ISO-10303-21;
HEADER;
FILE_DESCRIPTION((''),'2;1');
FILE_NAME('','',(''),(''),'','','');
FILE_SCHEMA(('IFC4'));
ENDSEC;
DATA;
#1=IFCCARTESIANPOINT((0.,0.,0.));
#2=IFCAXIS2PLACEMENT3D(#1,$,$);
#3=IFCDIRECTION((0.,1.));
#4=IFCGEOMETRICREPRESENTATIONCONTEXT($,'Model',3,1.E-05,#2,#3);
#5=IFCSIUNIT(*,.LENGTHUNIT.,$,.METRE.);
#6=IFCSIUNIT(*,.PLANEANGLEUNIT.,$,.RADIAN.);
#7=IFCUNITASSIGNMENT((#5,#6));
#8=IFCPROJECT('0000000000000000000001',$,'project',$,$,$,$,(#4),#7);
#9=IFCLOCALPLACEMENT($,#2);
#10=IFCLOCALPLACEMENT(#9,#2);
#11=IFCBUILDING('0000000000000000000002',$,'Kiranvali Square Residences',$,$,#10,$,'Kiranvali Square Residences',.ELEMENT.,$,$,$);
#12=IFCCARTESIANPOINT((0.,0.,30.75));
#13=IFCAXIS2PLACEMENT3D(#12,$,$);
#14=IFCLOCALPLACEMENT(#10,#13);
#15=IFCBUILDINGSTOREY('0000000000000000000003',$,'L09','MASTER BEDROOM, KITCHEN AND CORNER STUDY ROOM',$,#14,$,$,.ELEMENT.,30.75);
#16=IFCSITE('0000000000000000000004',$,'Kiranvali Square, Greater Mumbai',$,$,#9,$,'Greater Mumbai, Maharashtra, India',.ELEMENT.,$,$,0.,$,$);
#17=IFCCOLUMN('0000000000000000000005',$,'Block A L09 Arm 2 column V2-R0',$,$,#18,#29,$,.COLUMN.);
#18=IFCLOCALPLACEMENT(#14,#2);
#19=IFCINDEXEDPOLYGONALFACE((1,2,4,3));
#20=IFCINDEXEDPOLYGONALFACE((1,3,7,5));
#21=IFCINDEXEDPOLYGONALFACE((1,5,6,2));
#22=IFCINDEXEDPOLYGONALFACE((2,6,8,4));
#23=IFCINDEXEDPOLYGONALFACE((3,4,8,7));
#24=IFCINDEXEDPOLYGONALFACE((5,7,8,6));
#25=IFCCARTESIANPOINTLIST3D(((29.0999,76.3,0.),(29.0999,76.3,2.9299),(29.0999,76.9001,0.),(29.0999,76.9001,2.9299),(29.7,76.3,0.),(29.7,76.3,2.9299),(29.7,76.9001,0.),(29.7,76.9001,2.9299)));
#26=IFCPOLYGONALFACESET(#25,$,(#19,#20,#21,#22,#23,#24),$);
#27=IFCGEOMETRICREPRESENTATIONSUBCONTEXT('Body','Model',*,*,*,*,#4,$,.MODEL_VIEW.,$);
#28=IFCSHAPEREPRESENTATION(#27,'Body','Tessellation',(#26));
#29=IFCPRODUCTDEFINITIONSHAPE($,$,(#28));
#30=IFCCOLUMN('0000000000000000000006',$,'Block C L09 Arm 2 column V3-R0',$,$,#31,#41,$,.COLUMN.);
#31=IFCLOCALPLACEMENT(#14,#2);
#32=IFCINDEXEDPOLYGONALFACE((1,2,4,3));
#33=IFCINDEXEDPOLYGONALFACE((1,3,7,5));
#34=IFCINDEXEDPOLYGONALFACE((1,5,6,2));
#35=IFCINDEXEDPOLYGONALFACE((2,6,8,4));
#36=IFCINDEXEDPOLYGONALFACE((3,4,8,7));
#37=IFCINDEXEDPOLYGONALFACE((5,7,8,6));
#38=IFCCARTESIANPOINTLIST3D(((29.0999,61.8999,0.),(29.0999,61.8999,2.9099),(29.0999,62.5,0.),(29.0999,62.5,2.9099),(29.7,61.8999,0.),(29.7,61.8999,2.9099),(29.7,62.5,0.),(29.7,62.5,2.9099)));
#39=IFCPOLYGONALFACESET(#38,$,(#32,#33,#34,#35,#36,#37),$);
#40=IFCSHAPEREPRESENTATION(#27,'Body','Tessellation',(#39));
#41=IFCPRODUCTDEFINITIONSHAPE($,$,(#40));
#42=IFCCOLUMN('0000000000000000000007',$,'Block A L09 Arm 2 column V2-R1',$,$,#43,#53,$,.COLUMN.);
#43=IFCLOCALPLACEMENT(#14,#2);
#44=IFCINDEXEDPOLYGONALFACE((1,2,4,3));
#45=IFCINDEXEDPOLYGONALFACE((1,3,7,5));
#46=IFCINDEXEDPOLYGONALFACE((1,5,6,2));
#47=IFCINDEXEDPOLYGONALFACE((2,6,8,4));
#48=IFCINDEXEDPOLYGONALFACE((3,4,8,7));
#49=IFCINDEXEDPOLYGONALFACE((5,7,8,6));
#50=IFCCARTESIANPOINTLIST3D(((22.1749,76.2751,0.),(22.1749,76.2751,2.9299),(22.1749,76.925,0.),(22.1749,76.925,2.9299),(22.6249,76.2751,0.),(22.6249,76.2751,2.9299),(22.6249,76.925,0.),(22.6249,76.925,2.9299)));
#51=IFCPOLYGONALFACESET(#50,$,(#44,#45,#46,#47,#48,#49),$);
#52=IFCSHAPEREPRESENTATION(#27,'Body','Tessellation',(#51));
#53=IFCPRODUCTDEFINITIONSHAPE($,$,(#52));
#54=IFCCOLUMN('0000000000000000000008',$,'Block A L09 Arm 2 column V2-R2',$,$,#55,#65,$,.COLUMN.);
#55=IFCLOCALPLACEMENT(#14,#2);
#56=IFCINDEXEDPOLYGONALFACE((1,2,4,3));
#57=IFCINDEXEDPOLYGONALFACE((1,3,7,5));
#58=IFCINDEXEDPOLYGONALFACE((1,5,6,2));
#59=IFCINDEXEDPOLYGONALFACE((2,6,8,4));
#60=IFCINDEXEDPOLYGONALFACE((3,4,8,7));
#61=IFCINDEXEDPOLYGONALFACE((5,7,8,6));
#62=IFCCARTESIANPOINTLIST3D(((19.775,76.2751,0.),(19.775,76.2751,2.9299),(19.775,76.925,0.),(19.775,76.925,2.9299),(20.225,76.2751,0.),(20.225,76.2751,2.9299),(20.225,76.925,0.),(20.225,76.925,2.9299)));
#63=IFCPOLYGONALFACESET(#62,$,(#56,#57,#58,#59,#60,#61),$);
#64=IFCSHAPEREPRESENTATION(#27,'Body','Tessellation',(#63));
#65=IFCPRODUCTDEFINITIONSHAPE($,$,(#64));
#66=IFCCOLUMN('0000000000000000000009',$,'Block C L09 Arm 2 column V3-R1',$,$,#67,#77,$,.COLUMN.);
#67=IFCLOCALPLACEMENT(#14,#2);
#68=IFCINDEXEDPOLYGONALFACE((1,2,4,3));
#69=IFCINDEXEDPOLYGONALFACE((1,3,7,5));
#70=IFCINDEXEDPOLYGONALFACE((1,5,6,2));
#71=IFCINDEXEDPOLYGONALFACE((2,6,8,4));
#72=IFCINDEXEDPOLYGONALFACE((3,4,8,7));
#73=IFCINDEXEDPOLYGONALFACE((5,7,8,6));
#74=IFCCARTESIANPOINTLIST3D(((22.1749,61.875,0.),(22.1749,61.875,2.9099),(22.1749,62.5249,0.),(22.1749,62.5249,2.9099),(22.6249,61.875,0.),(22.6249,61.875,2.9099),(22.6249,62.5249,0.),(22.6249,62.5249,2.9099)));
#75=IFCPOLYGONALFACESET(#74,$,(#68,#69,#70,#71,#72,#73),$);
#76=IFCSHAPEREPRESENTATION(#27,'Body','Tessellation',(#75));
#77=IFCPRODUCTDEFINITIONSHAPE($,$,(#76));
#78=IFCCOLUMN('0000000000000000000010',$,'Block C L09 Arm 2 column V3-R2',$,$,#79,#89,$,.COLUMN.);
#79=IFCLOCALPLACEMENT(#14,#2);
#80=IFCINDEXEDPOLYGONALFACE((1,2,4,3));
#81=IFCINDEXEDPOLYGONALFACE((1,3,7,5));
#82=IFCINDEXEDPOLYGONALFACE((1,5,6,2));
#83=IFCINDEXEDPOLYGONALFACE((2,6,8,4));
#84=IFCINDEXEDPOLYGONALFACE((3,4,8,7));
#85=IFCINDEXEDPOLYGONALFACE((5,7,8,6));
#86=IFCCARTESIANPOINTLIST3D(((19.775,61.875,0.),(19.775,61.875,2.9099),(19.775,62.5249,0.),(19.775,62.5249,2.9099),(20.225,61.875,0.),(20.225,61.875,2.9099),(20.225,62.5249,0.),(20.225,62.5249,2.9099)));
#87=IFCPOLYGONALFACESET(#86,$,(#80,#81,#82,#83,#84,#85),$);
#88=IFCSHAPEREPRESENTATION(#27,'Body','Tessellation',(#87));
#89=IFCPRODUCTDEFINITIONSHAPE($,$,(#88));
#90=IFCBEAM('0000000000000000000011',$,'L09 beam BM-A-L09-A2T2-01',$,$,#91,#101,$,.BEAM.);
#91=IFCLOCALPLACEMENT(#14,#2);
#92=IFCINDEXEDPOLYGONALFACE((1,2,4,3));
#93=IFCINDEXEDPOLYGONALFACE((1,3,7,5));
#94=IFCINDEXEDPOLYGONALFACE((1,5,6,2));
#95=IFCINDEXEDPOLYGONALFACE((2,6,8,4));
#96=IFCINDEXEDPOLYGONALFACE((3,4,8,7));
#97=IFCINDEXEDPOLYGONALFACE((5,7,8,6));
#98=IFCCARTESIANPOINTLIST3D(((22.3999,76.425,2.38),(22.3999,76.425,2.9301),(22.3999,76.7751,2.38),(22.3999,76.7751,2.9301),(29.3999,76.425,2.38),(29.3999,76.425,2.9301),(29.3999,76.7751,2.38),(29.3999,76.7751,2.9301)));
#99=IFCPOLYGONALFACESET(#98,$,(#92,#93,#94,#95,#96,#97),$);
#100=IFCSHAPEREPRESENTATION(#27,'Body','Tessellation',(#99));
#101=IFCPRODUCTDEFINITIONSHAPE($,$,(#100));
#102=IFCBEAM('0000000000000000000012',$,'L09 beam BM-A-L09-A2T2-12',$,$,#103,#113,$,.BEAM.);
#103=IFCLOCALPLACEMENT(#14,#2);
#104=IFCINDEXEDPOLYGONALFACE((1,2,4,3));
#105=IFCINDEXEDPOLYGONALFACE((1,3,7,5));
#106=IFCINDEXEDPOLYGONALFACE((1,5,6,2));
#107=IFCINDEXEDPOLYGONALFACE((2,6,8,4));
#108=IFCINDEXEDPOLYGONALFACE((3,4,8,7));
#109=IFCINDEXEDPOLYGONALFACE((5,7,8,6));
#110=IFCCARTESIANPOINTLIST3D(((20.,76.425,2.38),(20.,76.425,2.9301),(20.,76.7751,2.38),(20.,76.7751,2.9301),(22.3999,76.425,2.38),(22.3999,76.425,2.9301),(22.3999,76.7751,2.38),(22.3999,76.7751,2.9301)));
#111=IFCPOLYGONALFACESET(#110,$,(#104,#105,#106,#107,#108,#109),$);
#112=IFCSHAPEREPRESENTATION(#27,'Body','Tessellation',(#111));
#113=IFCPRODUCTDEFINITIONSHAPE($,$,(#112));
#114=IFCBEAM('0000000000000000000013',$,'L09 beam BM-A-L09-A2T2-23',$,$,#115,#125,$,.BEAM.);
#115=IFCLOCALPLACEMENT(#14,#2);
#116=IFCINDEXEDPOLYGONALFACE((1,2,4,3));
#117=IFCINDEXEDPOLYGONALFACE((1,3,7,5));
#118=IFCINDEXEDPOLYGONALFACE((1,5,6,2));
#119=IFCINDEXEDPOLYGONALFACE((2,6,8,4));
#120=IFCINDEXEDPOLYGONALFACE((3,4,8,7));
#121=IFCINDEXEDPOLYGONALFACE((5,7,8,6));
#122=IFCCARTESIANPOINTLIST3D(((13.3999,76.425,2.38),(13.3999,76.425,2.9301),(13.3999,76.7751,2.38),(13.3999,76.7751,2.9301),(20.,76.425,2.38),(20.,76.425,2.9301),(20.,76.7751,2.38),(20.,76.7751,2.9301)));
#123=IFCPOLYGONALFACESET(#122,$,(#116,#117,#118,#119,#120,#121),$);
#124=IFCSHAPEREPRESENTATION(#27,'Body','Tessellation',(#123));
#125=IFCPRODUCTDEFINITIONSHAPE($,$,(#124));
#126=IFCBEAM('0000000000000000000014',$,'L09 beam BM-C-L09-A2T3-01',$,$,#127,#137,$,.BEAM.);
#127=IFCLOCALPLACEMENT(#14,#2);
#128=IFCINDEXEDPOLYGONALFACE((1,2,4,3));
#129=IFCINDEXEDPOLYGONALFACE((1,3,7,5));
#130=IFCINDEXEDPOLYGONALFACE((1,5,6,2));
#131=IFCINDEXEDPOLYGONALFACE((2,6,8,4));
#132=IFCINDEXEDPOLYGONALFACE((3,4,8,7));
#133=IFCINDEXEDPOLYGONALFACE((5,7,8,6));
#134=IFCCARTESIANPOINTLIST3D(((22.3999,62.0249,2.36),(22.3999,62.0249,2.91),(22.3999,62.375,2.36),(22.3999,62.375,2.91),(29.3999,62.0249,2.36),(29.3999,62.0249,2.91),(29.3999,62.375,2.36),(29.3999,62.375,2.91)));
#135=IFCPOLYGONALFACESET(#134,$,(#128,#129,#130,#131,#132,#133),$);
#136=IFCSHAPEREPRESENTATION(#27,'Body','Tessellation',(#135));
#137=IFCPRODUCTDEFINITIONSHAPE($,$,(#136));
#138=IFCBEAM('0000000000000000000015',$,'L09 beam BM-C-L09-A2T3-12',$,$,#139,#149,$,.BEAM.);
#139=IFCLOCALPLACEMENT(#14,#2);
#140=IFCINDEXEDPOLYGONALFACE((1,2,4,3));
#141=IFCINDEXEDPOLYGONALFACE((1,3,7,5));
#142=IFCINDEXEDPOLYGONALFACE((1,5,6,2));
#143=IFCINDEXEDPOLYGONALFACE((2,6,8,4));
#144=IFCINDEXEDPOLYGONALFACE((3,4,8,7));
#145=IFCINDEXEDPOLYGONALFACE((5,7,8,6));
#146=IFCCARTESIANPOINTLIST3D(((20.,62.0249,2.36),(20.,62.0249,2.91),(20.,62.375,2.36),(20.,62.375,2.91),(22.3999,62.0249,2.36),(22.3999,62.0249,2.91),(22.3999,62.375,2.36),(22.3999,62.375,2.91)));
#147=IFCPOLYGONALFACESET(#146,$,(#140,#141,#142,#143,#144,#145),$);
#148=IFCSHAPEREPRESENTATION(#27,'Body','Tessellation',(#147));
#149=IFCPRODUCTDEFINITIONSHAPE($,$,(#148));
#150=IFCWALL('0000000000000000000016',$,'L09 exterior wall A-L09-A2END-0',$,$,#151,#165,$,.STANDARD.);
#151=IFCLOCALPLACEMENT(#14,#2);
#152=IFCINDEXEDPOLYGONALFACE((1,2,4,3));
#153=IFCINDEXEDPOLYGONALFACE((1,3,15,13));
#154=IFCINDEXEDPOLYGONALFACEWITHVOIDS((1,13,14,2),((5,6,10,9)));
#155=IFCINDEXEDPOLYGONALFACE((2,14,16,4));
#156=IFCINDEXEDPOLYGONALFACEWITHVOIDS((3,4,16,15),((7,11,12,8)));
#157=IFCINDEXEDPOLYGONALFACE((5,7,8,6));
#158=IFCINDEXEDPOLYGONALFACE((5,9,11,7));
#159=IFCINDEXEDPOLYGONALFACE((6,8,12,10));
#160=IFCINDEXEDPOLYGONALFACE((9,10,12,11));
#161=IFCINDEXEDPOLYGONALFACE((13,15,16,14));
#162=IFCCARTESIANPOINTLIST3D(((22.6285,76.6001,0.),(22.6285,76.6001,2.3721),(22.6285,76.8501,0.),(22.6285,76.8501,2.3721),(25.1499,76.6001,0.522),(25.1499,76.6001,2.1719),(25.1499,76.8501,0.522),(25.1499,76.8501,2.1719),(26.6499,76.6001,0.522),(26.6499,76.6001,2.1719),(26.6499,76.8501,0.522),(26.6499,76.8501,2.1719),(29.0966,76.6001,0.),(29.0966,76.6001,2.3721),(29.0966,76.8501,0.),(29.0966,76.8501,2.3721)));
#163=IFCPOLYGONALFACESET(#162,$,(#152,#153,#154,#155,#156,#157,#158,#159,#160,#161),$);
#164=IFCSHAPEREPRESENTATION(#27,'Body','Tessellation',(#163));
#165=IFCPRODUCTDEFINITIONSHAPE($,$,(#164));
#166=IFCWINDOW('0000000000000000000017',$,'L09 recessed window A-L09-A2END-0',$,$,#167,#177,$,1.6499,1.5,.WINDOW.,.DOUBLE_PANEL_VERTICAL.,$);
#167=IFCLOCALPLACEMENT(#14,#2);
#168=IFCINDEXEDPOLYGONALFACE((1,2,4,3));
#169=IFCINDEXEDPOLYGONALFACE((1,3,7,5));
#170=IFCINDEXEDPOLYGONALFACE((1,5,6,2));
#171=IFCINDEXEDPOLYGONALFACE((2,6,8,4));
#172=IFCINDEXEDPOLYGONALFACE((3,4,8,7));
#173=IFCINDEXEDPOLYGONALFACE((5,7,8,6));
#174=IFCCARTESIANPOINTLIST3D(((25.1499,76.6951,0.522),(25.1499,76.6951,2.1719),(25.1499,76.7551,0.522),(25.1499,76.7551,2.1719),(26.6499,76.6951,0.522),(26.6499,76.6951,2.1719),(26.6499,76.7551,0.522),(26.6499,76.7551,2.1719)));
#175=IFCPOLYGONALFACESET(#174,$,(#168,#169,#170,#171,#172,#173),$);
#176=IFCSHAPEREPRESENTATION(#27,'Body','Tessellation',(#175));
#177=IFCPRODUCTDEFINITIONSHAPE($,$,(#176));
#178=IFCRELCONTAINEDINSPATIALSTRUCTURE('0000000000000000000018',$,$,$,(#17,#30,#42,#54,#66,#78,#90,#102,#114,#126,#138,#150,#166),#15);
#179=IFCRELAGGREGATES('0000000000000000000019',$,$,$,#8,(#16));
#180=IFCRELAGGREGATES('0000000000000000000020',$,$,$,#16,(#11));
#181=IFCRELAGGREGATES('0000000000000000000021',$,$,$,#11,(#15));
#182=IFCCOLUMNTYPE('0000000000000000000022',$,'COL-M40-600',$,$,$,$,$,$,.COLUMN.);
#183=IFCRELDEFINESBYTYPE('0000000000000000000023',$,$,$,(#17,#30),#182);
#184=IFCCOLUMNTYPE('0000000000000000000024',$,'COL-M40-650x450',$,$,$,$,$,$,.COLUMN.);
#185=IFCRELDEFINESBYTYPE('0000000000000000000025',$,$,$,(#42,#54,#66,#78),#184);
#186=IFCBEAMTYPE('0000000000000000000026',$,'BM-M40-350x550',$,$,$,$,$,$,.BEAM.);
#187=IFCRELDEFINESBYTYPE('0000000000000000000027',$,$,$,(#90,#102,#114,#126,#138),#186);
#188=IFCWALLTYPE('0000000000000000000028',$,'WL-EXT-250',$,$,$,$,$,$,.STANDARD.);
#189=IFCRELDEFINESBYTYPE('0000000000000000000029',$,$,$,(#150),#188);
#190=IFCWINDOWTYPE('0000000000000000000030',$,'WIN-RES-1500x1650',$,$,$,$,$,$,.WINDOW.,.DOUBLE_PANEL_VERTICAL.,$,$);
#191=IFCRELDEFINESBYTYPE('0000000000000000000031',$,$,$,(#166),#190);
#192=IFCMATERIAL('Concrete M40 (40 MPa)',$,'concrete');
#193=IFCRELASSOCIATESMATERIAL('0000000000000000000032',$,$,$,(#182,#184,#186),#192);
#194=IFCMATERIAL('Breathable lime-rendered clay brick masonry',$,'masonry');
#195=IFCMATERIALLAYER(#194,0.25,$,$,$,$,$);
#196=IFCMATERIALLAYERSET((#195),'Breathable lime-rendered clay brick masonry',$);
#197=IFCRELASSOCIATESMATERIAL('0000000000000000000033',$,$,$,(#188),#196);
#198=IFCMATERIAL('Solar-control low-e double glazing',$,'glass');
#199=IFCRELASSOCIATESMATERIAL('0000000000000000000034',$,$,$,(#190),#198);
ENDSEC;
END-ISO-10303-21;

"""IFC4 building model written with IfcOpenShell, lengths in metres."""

from ifc_helpers import new_model, si_unit, direction, frame, frame_2d, origin, origin_2d, place, context, subcontext, project, spatial, rectangle, extrude, material, layer, layer_set, material_profile, profile_set, type_object, element, fill, save


model = new_model("IFC4")

# Units and contexts
model_context = context("Model", 3, precision=1e-05, world=origin(), true_north=direction((0.0, 1.0)))
body_context = subcontext(model_context, "Body", "Model", "MODEL_VIEW")
ifc_project = project(units=[si_unit("LENGTHUNIT", "METRE"), si_unit("PLANEANGLEUNIT", "RADIAN")], contexts=[model_context])

# Site, building, storey
site_placement = place(None, origin())
site = spatial("IfcSite", under=ifc_project, at=site_placement, Name="Kiranvali Square, Greater Mumbai", LongName="Greater Mumbai, Maharashtra, India", CompositionType="ELEMENT", RefElevation=0.0)
building_placement = place(site_placement, origin())
building = spatial("IfcBuilding", under=site, at=building_placement, Name="Kiranvali Square Residences", LongName="Kiranvali Square Residences", CompositionType="ELEMENT")
storey_placement = place(building_placement, frame((0.0, 0.0, 30.75)))
storey = spatial("IfcBuildingStorey", under=building, at=storey_placement, Name="L09", Description="MASTER BEDROOM, KITCHEN AND CORNER STUDY ROOM", CompositionType="ELEMENT", Elevation=30.75)

# Columns
ifc_material_1 = material(Name="Concrete M40 (40 MPa)", Category="concrete")
ifc_material_profile_1 = material_profile(ifc_material_1, rectangle(XDim=0.6001, YDim=0.6001, at=origin_2d()), Name="RC 600x600")
ifc_profile_set_1 = profile_set([ifc_material_profile_1], Name="Concrete M40 (40 MPa)")
column_type_1 = type_object("IfcColumnType", Name="COL-M40-600", PredefinedType="COLUMN", material=ifc_profile_set_1)
column_1_placement = place(storey_placement, frame((29.3999, 76.6001, 0.0), z_axis=(0.0, 0.0, 1.0), x_axis=(1.0, 0.0, 0.0)))
element("IfcColumn", 1, at=column_1_placement, inside=storey, type_object=column_type_1, Name="Block A L09 Arm 2 column V2-R0", PredefinedType="COLUMN", context=body_context, shape_type="SweptSolid", body=[
    extrude(rectangle(XDim=0.6001, YDim=0.6001, at=origin_2d()), origin(), (0.0, 0.0, 1.0), 2.9299),
])
column_2_placement = place(storey_placement, frame((29.3999, 62.2, 0.0), z_axis=(0.0, 0.0, 1.0), x_axis=(1.0, 0.0, 0.0)))
element("IfcColumn", 2, at=column_2_placement, inside=storey, type_object=column_type_1, Name="Block C L09 Arm 2 column V3-R0", PredefinedType="COLUMN", context=body_context, shape_type="SweptSolid", body=[
    extrude(rectangle(XDim=0.6001, YDim=0.6001, at=origin_2d()), origin(), (0.0, 0.0, 1.0), 2.9099),
])
ifc_material_profile_2 = material_profile(ifc_material_1, rectangle(XDim=0.45, YDim=0.6499, at=origin_2d()), Name="RC 650x450")
ifc_profile_set_2 = profile_set([ifc_material_profile_2], Name="Concrete M40 (40 MPa)")
column_type_2 = type_object("IfcColumnType", Name="COL-M40-650x450", PredefinedType="COLUMN", material=ifc_profile_set_2)
for number, where, z_axis, x_axis, name in (
    (3, (22.3999, 76.6001, 0.0), (0.0, 0.0, 1.0), (1.0, 0.0, 0.0), "Block A L09 Arm 2 column V2-R1"),
    (4, (20.0, 76.6001, 0.0), (0.0, 0.0, 1.0), (1.0, 0.0, 0.0), "Block A L09 Arm 2 column V2-R2"),
):
    element("IfcColumn", number, at=place(storey_placement, frame(where, z_axis=z_axis, x_axis=x_axis)), inside=storey, type_object=column_type_2, Name=name, PredefinedType="COLUMN", context=body_context, shape_type="SweptSolid", body=[
        extrude(rectangle(XDim=0.45, YDim=0.6499, at=origin_2d()), origin(), (0.0, 0.0, 1.0), 2.9299),
    ])
for number, where, z_axis, x_axis, name in (
    (5, (22.3999, 62.2, 0.0), (0.0, 0.0, 1.0), (1.0, 0.0, 0.0), "Block C L09 Arm 2 column V3-R1"),
    (6, (20.0, 62.2, 0.0), (0.0, 0.0, 1.0), (1.0, 0.0, 0.0), "Block C L09 Arm 2 column V3-R2"),
):
    element("IfcColumn", number, at=place(storey_placement, frame(where, z_axis=z_axis, x_axis=x_axis)), inside=storey, type_object=column_type_2, Name=name, PredefinedType="COLUMN", context=body_context, shape_type="SweptSolid", body=[
        extrude(rectangle(XDim=0.45, YDim=0.6499, at=origin_2d()), origin(), (0.0, 0.0, 1.0), 2.9099),
    ])

# Beams
ifc_material_profile_3 = material_profile(ifc_material_1, rectangle(XDim=0.3501, YDim=0.55, at=origin_2d()), Name="RC 350x550")
ifc_profile_set_3 = profile_set([ifc_material_profile_3], Name="Concrete M40 (40 MPa)")
beam_type = type_object("IfcBeamType", Name="BM-M40-350x550", PredefinedType="BEAM", material=ifc_profile_set_3)
beam_1_placement = place(storey_placement, frame((29.3999, 76.6001, 2.655), z_axis=(-1.0, 0.0, 0.0), x_axis=(0.0, -1.0, 0.0)))
element("IfcBeam", 7, at=beam_1_placement, inside=storey, type_object=beam_type, Name="L09 beam BM-A-L09-A2T2-01", PredefinedType="BEAM", context=body_context, shape_type="SweptSolid", body=[
    extrude(rectangle(XDim=0.3501, YDim=0.55, at=origin_2d()), origin(), (0.0, 0.0, 1.0), 7.0),
])
beam_2_placement = place(storey_placement, frame((22.3999, 76.6001, 2.655), z_axis=(-1.0, 0.0, 0.0), x_axis=(0.0, -1.0, 0.0)))
element("IfcBeam", 8, at=beam_2_placement, inside=storey, type_object=beam_type, Name="L09 beam BM-A-L09-A2T2-12", PredefinedType="BEAM", context=body_context, shape_type="SweptSolid", body=[
    extrude(rectangle(XDim=0.3501, YDim=0.55, at=origin_2d()), origin(), (0.0, 0.0, 1.0), 2.3999),
])
beam_3_placement = place(storey_placement, frame((20.0, 76.6001, 2.655), z_axis=(-1.0, 0.0, 0.0), x_axis=(0.0, -1.0, 0.0)))
element("IfcBeam", 9, at=beam_3_placement, inside=storey, type_object=beam_type, Name="L09 beam BM-A-L09-A2T2-23", PredefinedType="BEAM", context=body_context, shape_type="SweptSolid", body=[
    extrude(rectangle(XDim=0.3501, YDim=0.55, at=origin_2d()), origin(), (0.0, 0.0, 1.0), 6.6001),
])
beam_4_placement = place(storey_placement, frame((29.3999, 62.2, 2.635), z_axis=(-1.0, 0.0, 0.0), x_axis=(0.0, -1.0, 0.0)))
element("IfcBeam", 10, at=beam_4_placement, inside=storey, type_object=beam_type, Name="L09 beam BM-C-L09-A2T3-01", PredefinedType="BEAM", context=body_context, shape_type="SweptSolid", body=[
    extrude(rectangle(XDim=0.3501, YDim=0.55, at=origin_2d()), origin(), (0.0, 0.0, 1.0), 7.0),
])
beam_5_placement = place(storey_placement, frame((22.3999, 62.2, 2.635), z_axis=(-1.0, 0.0, 0.0), x_axis=(0.0, -1.0, 0.0)))
element("IfcBeam", 11, at=beam_5_placement, inside=storey, type_object=beam_type, Name="L09 beam BM-C-L09-A2T3-12", PredefinedType="BEAM", context=body_context, shape_type="SweptSolid", body=[
    extrude(rectangle(XDim=0.3501, YDim=0.55, at=origin_2d()), origin(), (0.0, 0.0, 1.0), 2.3999),
])

# Wall, opening, window
ifc_material_2 = material(Name="Breathable lime-rendered clay brick masonry", Category="masonry")
ifc_layer = layer(ifc_material_2, 0.25)
ifc_layer_set = layer_set([ifc_layer], Name="Breathable lime-rendered clay brick masonry")
wall_type = type_object("IfcWallType", Name="WL-EXT-250", PredefinedType="STANDARD", material=ifc_layer_set)
wall_1_placement = place(storey_placement, frame((29.0964, 76.7251, 0.0), z_axis=(0.0, 0.0, 1.0), x_axis=(-1.0, 0.0, 0.0)))
wall_1 = element("IfcWall", 12, at=wall_1_placement, inside=storey, type_object=wall_type, Name="L09 exterior wall A-L09-A2END-0", PredefinedType="STANDARD", context=body_context, shape_type="SweptSolid", body=[
    extrude(rectangle(XDim=6.468, YDim=0.25, at=frame_2d((3.2339, 0.0))), origin(), (0.0, 0.0, 1.0), 2.3721),
])
opening_1_placement = place(wall_1_placement, frame((2.4465, 0.0, 0.522)))
opening_1 = element("IfcOpeningElement", 13, at=opening_1_placement, cuts=wall_1, PredefinedType="OPENING", context=body_context, shape_type="SweptSolid", body=[
    extrude(rectangle(XDim=1.5, YDim=1.6499, at=frame_2d((0.75, 0.825))), frame((0.0, 0.135, 0.0), z_axis=(0.0, -1.0, 0.0), x_axis=(1.0, 0.0, 0.0)), (0.0, 0.0, 1.0), 0.27),
])
ifc_material_3 = material(Name="Solar-control low-e double glazing", Category="glass")
window_type_1 = type_object("IfcWindowType", Name="WIN-RES-1500x1650", PartitioningType="DOUBLE_PANEL_VERTICAL", PredefinedType="WINDOW", material=ifc_material_3)
window_1_placement = place(opening_1_placement, origin())
window_1 = element("IfcWindow", 14, at=window_1_placement, inside=storey, type_object=window_type_1, Name="L09 recessed window A-L09-A2END-0", OverallHeight=1.6499, OverallWidth=1.5, PartitioningType="DOUBLE_PANEL_VERTICAL", PredefinedType="WINDOW", context=body_context, shape_type="SweptSolid", body=[
    extrude(rectangle(XDim=1.5, YDim=1.6499, at=frame_2d((0.75, 0.825))), frame((0.0, 0.03, 0.0), z_axis=(0.0, -1.0, 0.0), x_axis=(1.0, 0.0, 0.0)), (0.0, 0.0, 1.0), 0.0601),
])
fill(opening_1, window_1)

save(model, "model.ifc")
